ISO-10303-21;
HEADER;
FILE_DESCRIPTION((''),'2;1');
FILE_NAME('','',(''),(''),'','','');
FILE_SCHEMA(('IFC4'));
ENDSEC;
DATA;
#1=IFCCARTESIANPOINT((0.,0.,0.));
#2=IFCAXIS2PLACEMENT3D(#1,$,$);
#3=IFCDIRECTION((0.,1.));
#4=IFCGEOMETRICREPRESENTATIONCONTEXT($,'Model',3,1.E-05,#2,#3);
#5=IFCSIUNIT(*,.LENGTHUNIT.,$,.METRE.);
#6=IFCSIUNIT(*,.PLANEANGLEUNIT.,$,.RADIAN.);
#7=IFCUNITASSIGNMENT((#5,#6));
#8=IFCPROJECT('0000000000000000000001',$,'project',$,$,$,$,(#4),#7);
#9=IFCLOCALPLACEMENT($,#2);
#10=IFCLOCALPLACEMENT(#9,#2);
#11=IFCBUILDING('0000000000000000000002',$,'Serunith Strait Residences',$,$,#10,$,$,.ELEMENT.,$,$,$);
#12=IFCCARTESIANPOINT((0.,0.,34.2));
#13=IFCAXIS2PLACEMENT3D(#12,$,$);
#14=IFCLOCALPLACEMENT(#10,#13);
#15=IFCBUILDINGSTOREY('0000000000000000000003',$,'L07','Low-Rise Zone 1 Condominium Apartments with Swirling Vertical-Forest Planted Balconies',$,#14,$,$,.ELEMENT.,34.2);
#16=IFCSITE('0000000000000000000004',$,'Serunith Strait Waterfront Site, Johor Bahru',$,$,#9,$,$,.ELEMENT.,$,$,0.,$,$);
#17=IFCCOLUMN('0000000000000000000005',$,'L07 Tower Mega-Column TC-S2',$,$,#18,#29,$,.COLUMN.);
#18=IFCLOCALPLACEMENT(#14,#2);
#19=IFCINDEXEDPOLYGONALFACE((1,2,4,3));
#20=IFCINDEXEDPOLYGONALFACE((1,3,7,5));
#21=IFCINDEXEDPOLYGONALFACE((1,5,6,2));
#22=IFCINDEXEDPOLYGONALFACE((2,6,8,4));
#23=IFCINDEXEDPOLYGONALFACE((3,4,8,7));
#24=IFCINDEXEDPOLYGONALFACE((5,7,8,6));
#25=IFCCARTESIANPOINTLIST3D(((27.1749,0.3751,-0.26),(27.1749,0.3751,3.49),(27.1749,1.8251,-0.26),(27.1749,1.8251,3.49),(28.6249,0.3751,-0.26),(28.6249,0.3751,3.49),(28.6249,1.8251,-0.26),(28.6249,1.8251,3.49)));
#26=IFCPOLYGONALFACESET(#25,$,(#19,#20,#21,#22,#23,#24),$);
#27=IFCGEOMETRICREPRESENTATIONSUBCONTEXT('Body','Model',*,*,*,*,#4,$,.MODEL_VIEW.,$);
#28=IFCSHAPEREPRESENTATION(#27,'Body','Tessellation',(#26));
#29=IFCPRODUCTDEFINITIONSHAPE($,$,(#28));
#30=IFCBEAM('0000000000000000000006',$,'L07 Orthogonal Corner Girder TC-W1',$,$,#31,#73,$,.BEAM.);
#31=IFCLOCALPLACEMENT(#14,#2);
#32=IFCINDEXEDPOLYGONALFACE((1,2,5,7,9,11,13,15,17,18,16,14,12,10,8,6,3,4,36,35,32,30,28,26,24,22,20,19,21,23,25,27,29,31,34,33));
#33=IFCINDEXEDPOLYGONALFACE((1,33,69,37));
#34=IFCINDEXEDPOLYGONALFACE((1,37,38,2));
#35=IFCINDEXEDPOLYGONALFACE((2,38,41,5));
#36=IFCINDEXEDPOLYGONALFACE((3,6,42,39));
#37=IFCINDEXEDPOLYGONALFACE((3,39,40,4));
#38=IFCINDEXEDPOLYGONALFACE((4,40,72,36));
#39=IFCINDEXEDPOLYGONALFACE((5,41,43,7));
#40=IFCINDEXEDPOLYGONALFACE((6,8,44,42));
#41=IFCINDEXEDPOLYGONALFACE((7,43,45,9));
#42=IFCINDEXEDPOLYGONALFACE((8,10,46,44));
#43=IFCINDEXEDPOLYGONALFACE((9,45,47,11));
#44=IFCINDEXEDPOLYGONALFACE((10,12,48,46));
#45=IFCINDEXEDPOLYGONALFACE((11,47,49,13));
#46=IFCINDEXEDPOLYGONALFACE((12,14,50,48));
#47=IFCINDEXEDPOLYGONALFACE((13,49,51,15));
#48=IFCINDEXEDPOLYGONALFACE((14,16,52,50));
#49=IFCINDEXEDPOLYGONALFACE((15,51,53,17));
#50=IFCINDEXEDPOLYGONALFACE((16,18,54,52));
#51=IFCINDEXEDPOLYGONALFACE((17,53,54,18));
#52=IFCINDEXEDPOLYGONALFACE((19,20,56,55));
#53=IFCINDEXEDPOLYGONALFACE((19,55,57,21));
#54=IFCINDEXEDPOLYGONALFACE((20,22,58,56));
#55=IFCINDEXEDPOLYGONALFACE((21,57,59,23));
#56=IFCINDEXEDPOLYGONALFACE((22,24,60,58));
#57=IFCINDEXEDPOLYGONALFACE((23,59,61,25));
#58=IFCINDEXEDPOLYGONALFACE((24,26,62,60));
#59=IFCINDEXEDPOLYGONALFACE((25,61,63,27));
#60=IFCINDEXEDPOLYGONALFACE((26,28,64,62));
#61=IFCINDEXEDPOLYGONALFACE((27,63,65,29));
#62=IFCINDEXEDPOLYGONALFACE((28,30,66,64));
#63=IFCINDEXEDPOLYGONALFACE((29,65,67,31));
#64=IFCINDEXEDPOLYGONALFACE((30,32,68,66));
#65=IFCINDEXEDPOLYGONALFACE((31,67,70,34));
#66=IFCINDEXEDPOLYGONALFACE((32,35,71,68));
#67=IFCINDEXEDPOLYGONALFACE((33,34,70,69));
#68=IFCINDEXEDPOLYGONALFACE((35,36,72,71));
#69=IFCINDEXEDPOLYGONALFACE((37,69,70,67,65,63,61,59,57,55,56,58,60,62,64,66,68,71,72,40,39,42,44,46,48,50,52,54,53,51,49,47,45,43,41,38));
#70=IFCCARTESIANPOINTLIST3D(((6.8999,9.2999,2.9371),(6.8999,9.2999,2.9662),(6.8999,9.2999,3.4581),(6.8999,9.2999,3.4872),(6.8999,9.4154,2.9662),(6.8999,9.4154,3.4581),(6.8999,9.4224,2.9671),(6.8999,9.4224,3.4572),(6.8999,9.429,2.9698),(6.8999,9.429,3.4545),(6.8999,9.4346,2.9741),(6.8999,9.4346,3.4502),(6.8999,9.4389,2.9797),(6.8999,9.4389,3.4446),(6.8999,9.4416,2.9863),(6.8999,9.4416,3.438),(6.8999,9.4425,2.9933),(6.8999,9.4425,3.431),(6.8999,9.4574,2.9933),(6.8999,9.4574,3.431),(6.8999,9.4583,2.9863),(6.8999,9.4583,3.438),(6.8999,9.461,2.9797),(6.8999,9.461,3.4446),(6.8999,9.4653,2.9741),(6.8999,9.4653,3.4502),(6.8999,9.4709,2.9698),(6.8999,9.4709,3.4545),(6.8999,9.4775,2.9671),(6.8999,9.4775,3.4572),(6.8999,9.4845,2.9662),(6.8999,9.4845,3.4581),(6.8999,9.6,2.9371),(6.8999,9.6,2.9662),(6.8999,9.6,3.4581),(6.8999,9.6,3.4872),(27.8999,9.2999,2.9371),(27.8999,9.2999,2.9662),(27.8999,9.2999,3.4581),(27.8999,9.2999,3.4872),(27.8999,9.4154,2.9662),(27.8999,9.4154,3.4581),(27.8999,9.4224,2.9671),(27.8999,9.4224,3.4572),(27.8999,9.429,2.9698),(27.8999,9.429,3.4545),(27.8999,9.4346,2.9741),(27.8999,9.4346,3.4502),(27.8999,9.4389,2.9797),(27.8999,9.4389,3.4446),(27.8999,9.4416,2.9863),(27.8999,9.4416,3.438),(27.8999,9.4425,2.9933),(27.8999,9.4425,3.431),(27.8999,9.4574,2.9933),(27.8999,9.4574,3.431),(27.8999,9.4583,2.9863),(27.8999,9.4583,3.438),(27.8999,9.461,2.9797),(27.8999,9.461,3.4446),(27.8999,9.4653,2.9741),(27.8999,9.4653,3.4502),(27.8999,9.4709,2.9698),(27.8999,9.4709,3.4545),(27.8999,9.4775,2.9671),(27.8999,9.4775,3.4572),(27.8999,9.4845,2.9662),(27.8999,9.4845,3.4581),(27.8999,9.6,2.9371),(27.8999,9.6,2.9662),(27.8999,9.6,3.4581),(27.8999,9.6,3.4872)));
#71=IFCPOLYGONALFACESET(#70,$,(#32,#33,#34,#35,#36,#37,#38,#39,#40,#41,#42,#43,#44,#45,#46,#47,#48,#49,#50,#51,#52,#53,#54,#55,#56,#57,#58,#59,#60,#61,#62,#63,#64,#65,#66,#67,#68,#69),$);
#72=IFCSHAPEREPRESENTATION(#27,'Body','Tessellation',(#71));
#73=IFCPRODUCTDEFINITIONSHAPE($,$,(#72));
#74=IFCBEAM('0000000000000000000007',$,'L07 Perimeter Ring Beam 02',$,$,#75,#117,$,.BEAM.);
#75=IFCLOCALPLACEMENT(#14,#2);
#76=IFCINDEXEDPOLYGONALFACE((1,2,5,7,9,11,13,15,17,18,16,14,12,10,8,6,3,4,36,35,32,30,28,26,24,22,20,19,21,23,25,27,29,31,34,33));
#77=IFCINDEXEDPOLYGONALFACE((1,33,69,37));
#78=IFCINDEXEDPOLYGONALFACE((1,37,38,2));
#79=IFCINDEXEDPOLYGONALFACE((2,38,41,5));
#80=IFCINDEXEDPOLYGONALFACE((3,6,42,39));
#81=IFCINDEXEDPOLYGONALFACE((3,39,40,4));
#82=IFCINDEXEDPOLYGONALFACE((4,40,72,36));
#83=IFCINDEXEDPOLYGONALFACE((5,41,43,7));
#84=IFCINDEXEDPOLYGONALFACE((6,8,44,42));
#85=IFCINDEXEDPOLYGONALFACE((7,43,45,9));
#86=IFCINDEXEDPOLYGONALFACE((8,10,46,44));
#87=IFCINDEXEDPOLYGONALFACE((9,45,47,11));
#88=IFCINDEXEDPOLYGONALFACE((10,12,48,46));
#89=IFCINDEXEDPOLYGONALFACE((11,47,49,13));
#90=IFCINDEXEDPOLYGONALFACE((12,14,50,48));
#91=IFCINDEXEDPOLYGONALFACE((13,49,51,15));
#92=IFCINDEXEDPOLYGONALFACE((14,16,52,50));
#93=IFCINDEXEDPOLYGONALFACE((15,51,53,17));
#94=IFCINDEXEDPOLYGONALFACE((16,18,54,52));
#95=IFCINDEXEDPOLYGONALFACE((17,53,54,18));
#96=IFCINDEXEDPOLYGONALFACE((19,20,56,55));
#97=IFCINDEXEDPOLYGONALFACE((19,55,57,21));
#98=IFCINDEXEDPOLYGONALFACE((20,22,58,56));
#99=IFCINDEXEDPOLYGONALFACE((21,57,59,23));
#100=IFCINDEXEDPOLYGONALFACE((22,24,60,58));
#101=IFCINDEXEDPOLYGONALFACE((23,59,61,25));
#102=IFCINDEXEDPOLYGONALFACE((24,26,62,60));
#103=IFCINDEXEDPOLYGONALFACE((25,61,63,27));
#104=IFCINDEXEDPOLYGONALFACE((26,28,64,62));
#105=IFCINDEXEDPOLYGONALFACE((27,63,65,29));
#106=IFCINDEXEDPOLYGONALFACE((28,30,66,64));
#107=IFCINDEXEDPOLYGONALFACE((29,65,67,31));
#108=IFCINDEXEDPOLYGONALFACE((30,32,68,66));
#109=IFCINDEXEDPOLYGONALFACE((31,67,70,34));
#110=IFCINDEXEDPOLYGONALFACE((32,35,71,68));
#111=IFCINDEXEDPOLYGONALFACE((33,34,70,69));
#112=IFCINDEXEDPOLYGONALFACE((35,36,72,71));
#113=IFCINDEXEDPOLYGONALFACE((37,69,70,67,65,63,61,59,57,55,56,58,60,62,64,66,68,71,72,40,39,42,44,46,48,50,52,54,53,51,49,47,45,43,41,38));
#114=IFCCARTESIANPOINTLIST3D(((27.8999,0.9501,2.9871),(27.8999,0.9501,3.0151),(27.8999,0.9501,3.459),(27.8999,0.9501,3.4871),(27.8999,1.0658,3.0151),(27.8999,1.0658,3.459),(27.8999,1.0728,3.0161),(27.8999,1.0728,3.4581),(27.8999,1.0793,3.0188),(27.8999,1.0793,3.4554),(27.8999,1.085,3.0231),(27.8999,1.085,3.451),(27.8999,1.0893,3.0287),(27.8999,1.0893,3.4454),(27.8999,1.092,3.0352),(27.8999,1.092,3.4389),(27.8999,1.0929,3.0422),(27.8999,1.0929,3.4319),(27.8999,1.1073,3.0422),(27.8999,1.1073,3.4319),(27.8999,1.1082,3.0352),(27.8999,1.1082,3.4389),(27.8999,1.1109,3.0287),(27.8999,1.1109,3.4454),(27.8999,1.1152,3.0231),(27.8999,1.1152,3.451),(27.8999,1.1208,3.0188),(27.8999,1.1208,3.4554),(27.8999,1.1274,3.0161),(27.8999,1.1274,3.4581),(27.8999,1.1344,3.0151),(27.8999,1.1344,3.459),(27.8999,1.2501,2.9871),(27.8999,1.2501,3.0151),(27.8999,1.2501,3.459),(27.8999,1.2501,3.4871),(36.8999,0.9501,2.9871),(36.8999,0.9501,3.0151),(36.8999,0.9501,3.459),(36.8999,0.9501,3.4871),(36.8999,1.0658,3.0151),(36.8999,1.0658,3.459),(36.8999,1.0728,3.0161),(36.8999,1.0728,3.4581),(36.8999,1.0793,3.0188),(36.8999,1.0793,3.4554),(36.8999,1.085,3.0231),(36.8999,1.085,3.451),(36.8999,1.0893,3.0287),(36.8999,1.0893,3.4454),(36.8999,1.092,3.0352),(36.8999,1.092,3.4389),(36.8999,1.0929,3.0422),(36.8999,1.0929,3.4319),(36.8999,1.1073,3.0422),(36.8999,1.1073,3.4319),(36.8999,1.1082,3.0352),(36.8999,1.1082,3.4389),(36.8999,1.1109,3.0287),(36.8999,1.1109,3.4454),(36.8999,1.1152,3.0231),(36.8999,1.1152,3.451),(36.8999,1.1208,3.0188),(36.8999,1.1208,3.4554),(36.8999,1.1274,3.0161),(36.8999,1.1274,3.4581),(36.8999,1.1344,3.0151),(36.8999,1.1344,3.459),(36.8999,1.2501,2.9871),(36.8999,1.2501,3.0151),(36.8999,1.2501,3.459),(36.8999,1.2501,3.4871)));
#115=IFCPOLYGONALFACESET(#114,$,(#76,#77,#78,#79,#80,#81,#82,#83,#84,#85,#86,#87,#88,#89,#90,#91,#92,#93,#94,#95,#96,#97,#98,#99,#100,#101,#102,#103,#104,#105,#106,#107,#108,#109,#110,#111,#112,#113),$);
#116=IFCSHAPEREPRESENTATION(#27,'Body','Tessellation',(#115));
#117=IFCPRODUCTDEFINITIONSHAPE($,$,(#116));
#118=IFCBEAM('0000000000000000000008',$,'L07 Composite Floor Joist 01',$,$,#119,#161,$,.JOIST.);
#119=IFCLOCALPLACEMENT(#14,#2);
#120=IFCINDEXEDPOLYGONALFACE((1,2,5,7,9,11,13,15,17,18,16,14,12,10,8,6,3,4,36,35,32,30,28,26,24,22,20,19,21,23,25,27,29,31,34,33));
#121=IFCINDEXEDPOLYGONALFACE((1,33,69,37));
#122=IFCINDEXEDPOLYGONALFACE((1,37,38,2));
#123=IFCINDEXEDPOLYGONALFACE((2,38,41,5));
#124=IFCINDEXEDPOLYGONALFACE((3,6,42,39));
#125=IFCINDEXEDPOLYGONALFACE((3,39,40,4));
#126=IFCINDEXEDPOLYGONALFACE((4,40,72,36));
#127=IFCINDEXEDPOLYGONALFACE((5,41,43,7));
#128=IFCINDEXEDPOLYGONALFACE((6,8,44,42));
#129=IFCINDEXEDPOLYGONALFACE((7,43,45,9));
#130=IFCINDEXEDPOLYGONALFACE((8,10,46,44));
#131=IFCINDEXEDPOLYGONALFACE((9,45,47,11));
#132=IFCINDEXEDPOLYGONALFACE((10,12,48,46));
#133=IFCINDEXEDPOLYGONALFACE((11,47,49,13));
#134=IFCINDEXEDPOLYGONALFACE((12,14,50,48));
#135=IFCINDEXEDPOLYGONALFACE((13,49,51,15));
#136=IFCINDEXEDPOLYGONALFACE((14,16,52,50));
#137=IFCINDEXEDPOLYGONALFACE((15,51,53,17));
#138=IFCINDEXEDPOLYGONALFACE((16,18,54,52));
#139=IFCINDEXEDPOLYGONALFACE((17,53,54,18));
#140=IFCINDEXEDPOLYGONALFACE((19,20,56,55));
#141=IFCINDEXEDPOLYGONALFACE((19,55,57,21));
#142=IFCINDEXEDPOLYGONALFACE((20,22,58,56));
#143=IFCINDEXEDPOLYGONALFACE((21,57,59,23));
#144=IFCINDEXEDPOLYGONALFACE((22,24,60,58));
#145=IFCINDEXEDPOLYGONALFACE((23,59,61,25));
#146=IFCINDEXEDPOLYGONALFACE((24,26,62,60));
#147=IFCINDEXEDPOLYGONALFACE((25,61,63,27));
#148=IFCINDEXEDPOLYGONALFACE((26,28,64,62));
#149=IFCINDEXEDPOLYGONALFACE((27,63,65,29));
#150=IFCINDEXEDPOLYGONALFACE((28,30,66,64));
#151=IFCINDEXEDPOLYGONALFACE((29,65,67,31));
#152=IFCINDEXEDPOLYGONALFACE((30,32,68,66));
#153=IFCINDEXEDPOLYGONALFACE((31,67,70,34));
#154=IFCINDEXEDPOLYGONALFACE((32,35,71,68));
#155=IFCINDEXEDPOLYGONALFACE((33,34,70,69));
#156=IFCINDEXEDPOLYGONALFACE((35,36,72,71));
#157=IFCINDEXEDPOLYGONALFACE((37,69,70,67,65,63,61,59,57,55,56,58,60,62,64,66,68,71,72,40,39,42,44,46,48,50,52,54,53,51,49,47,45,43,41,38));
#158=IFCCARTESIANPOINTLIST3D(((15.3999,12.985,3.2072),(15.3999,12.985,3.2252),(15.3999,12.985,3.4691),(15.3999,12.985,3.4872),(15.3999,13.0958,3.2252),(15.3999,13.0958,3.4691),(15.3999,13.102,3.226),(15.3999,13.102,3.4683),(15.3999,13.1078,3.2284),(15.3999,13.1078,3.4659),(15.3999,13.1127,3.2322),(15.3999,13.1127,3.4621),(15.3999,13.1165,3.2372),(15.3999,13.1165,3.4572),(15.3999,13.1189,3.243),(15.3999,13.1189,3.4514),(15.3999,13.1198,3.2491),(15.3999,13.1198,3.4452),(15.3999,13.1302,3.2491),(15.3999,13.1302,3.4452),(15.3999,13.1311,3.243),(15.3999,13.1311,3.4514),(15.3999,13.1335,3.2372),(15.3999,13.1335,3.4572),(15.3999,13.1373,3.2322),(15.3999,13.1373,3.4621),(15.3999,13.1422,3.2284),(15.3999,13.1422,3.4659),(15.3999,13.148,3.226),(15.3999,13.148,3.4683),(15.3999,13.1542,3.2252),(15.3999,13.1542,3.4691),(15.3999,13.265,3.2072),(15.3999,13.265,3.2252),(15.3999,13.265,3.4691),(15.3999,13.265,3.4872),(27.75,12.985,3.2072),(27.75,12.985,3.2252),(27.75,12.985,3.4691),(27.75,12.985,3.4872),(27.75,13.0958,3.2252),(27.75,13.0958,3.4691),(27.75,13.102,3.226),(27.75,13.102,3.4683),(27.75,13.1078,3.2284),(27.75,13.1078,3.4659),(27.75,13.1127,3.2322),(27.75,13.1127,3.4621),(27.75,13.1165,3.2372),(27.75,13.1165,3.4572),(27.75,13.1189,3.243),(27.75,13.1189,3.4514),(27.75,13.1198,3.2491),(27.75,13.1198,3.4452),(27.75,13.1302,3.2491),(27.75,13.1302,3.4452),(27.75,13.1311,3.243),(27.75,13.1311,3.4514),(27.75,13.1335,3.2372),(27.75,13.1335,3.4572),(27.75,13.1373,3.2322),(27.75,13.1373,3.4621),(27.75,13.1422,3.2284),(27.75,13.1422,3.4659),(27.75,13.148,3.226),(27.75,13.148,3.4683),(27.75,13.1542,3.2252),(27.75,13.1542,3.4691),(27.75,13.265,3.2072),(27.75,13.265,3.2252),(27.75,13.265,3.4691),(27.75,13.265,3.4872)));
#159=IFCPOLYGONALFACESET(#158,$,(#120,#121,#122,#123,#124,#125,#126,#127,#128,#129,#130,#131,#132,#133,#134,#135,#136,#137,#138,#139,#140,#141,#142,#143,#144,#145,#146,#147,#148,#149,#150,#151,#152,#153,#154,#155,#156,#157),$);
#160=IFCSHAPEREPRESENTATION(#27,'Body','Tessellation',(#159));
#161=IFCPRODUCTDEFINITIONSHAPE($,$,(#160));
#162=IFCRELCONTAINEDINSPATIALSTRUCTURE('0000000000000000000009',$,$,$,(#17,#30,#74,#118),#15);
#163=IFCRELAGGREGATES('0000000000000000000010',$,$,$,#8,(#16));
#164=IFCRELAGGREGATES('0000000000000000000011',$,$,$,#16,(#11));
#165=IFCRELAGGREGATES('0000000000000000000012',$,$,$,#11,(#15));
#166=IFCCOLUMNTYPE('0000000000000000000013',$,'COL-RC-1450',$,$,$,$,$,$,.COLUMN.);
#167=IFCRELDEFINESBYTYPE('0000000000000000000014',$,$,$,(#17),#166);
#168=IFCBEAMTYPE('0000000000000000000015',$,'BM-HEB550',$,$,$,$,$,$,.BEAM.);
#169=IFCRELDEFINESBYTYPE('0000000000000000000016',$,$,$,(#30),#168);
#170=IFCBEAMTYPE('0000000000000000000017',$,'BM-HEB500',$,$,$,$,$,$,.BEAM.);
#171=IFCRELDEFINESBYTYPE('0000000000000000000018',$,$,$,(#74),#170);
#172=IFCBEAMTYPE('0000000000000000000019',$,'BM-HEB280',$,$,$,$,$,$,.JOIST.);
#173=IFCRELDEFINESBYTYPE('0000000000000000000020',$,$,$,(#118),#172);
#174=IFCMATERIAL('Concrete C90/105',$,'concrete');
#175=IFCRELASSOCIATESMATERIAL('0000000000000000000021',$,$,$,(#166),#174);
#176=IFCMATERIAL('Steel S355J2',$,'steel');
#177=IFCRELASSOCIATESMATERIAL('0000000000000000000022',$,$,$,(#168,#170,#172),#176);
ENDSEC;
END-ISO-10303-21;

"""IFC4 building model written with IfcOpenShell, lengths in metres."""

from ifc_helpers import new_model, si_unit, direction, frame, origin, origin_2d, place, context, subcontext, project, spatial, rectangle, i_section, extrude, source, transform, mapped, material, material_profile, profile_set, type_object, element, save


model = new_model("IFC4")

# Units and contexts
model_context = context("Model", 3, precision=1e-05, world=origin(), true_north=direction((0.0, 1.0)))
body_context = subcontext(model_context, "Body", "Model", "MODEL_VIEW")
ifc_project = project(units=[si_unit("LENGTHUNIT", "METRE"), si_unit("PLANEANGLEUNIT", "RADIAN")], contexts=[model_context])

# Site, building, storey
site_placement = place(None, origin())
site = spatial("IfcSite", under=ifc_project, at=site_placement, Name="Serunith Strait Waterfront Site, Johor Bahru", CompositionType="ELEMENT", RefElevation=0.0)
building_placement = place(site_placement, origin())
building = spatial("IfcBuilding", under=site, at=building_placement, Name="Serunith Strait Residences", CompositionType="ELEMENT")
storey_placement = place(building_placement, frame((0.0, 0.0, 34.2)))
storey = spatial("IfcBuildingStorey", under=building, at=storey_placement, Name="L07", Description="Low-Rise Zone 1 Condominium Apartments with Swirling Vertical-Forest Planted Balconies", CompositionType="ELEMENT", Elevation=34.2)

# Column
ifc_material_1 = material(Name="Concrete C90/105", Category="concrete")
ifc_material_profile_1 = material_profile(ifc_material_1, rectangle(XDim=1.45, YDim=1.45, at=origin_2d()), Name="RC 1450x1450")
ifc_profile_set_1 = profile_set([ifc_material_profile_1], Name="Concrete C90/105")
column_type = type_object("IfcColumnType", Name="COL-RC-1450", PredefinedType="COLUMN", material=ifc_profile_set_1)
shared_shape_1 = source(origin(), body_context, "Body", "SweptSolid", [
    extrude(rectangle(XDim=1.45, YDim=1.45, at=origin_2d()), origin(), (0.0, 0.0, 1.0), 3.75),
])
column_placement = place(storey_placement, frame((27.8999, 1.1001, -0.26), z_axis=(0.0, 0.0, 1.0), x_axis=(1.0, 0.0, 0.0)))
element("IfcColumn", 1, at=column_placement, inside=storey, type_object=column_type, Name="L07 Tower Mega-Column TC-S2", PredefinedType="COLUMN", context=body_context, shape_type="MappedRepresentation", body=[
    mapped(shared_shape_1, transform((0.0, 0.0, 0.0), scale=1.0)),
])

# Beams
ifc_material_2 = material(Name="Steel S355J2", Category="steel")
ifc_material_profile_2 = material_profile(ifc_material_2, i_section(OverallWidth=0.3, OverallDepth=0.55, WebThickness=0.0149, FlangeThickness=0.0291, FilletRadius=0.0271, at=origin_2d()), Name="HEB 550")
ifc_profile_set_2 = profile_set([ifc_material_profile_2], Name="Steel S355J2")
beam_type_1 = type_object("IfcBeamType", Name="BM-HEB550", PredefinedType="BEAM", material=ifc_profile_set_2)
shared_shape_2 = source(origin(), body_context, "Body", "SweptSolid", [
    extrude(i_section(OverallWidth=0.3, OverallDepth=0.55, WebThickness=0.0149, FlangeThickness=0.0291, FilletRadius=0.0271, at=origin_2d()), origin(), (0.0, 0.0, 1.0), 21.0),
])
beam_1_placement = place(storey_placement, frame((27.8999, 9.45, 3.2122), z_axis=(-1.0, 0.0, 0.0), x_axis=(0.0, -1.0, 0.0)))
element("IfcBeam", 2, at=beam_1_placement, inside=storey, type_object=beam_type_1, Name="L07 Orthogonal Corner Girder TC-W1", PredefinedType="BEAM", context=body_context, shape_type="MappedRepresentation", body=[
    mapped(shared_shape_2, transform((0.0, 0.0, 0.0), scale=1.0)),
])
ifc_material_profile_3 = material_profile(ifc_material_2, i_section(OverallWidth=0.3, OverallDepth=0.5, WebThickness=0.0144, FlangeThickness=0.0281, FilletRadius=0.0271, at=origin_2d()), Name="HEB 500")
ifc_profile_set_3 = profile_set([ifc_material_profile_3], Name="Steel S355J2")
beam_type_2 = type_object("IfcBeamType", Name="BM-HEB500", PredefinedType="BEAM", material=ifc_profile_set_3)
shared_shape_3 = source(origin(), body_context, "Body", "SweptSolid", [
    extrude(i_section(OverallWidth=0.3, OverallDepth=0.5, WebThickness=0.0144, FlangeThickness=0.0281, FilletRadius=0.0271, at=origin_2d()), origin(), (0.0, 0.0, 1.0), 9.0),
])
beam_2_placement = place(storey_placement, frame((27.8999, 1.1001, 3.2371), z_axis=(1.0, 0.0, 0.0), x_axis=(0.0, 1.0, 0.0)))
element("IfcBeam", 3, at=beam_2_placement, inside=storey, type_object=beam_type_2, Name="L07 Perimeter Ring Beam 02", PredefinedType="BEAM", context=body_context, shape_type="MappedRepresentation", body=[
    mapped(shared_shape_3, transform((0.0, 0.0, 0.0), scale=1.0)),
])
ifc_material_profile_4 = material_profile(ifc_material_2, i_section(OverallWidth=0.28, OverallDepth=0.28, WebThickness=0.0105, FlangeThickness=0.0181, FilletRadius=0.0239, at=origin_2d()), Name="HEB 280")
ifc_profile_set_4 = profile_set([ifc_material_profile_4], Name="Steel S355J2")
beam_type_3 = type_object("IfcBeamType", Name="BM-HEB280", PredefinedType="JOIST", material=ifc_profile_set_4)
shared_shape_4 = source(origin(), body_context, "Body", "SweptSolid", [
    extrude(i_section(OverallWidth=0.28, OverallDepth=0.28, WebThickness=0.0105, FlangeThickness=0.0181, FilletRadius=0.0239, at=origin_2d()), origin(), (0.0, 0.0, 1.0), 12.3501),
])
beam_3_placement = place(storey_placement, frame((15.3999, 13.125, 3.3472), z_axis=(1.0, 0.0, 0.0), x_axis=(0.0, 1.0, 0.0)))
element("IfcBeam", 4, at=beam_3_placement, inside=storey, type_object=beam_type_3, Name="L07 Composite Floor Joist 01", PredefinedType="JOIST", context=body_context, shape_type="MappedRepresentation", body=[
    mapped(shared_shape_4, transform((0.0, 0.0, 0.0), scale=1.0)),
])

save(model, "model.ifc")
